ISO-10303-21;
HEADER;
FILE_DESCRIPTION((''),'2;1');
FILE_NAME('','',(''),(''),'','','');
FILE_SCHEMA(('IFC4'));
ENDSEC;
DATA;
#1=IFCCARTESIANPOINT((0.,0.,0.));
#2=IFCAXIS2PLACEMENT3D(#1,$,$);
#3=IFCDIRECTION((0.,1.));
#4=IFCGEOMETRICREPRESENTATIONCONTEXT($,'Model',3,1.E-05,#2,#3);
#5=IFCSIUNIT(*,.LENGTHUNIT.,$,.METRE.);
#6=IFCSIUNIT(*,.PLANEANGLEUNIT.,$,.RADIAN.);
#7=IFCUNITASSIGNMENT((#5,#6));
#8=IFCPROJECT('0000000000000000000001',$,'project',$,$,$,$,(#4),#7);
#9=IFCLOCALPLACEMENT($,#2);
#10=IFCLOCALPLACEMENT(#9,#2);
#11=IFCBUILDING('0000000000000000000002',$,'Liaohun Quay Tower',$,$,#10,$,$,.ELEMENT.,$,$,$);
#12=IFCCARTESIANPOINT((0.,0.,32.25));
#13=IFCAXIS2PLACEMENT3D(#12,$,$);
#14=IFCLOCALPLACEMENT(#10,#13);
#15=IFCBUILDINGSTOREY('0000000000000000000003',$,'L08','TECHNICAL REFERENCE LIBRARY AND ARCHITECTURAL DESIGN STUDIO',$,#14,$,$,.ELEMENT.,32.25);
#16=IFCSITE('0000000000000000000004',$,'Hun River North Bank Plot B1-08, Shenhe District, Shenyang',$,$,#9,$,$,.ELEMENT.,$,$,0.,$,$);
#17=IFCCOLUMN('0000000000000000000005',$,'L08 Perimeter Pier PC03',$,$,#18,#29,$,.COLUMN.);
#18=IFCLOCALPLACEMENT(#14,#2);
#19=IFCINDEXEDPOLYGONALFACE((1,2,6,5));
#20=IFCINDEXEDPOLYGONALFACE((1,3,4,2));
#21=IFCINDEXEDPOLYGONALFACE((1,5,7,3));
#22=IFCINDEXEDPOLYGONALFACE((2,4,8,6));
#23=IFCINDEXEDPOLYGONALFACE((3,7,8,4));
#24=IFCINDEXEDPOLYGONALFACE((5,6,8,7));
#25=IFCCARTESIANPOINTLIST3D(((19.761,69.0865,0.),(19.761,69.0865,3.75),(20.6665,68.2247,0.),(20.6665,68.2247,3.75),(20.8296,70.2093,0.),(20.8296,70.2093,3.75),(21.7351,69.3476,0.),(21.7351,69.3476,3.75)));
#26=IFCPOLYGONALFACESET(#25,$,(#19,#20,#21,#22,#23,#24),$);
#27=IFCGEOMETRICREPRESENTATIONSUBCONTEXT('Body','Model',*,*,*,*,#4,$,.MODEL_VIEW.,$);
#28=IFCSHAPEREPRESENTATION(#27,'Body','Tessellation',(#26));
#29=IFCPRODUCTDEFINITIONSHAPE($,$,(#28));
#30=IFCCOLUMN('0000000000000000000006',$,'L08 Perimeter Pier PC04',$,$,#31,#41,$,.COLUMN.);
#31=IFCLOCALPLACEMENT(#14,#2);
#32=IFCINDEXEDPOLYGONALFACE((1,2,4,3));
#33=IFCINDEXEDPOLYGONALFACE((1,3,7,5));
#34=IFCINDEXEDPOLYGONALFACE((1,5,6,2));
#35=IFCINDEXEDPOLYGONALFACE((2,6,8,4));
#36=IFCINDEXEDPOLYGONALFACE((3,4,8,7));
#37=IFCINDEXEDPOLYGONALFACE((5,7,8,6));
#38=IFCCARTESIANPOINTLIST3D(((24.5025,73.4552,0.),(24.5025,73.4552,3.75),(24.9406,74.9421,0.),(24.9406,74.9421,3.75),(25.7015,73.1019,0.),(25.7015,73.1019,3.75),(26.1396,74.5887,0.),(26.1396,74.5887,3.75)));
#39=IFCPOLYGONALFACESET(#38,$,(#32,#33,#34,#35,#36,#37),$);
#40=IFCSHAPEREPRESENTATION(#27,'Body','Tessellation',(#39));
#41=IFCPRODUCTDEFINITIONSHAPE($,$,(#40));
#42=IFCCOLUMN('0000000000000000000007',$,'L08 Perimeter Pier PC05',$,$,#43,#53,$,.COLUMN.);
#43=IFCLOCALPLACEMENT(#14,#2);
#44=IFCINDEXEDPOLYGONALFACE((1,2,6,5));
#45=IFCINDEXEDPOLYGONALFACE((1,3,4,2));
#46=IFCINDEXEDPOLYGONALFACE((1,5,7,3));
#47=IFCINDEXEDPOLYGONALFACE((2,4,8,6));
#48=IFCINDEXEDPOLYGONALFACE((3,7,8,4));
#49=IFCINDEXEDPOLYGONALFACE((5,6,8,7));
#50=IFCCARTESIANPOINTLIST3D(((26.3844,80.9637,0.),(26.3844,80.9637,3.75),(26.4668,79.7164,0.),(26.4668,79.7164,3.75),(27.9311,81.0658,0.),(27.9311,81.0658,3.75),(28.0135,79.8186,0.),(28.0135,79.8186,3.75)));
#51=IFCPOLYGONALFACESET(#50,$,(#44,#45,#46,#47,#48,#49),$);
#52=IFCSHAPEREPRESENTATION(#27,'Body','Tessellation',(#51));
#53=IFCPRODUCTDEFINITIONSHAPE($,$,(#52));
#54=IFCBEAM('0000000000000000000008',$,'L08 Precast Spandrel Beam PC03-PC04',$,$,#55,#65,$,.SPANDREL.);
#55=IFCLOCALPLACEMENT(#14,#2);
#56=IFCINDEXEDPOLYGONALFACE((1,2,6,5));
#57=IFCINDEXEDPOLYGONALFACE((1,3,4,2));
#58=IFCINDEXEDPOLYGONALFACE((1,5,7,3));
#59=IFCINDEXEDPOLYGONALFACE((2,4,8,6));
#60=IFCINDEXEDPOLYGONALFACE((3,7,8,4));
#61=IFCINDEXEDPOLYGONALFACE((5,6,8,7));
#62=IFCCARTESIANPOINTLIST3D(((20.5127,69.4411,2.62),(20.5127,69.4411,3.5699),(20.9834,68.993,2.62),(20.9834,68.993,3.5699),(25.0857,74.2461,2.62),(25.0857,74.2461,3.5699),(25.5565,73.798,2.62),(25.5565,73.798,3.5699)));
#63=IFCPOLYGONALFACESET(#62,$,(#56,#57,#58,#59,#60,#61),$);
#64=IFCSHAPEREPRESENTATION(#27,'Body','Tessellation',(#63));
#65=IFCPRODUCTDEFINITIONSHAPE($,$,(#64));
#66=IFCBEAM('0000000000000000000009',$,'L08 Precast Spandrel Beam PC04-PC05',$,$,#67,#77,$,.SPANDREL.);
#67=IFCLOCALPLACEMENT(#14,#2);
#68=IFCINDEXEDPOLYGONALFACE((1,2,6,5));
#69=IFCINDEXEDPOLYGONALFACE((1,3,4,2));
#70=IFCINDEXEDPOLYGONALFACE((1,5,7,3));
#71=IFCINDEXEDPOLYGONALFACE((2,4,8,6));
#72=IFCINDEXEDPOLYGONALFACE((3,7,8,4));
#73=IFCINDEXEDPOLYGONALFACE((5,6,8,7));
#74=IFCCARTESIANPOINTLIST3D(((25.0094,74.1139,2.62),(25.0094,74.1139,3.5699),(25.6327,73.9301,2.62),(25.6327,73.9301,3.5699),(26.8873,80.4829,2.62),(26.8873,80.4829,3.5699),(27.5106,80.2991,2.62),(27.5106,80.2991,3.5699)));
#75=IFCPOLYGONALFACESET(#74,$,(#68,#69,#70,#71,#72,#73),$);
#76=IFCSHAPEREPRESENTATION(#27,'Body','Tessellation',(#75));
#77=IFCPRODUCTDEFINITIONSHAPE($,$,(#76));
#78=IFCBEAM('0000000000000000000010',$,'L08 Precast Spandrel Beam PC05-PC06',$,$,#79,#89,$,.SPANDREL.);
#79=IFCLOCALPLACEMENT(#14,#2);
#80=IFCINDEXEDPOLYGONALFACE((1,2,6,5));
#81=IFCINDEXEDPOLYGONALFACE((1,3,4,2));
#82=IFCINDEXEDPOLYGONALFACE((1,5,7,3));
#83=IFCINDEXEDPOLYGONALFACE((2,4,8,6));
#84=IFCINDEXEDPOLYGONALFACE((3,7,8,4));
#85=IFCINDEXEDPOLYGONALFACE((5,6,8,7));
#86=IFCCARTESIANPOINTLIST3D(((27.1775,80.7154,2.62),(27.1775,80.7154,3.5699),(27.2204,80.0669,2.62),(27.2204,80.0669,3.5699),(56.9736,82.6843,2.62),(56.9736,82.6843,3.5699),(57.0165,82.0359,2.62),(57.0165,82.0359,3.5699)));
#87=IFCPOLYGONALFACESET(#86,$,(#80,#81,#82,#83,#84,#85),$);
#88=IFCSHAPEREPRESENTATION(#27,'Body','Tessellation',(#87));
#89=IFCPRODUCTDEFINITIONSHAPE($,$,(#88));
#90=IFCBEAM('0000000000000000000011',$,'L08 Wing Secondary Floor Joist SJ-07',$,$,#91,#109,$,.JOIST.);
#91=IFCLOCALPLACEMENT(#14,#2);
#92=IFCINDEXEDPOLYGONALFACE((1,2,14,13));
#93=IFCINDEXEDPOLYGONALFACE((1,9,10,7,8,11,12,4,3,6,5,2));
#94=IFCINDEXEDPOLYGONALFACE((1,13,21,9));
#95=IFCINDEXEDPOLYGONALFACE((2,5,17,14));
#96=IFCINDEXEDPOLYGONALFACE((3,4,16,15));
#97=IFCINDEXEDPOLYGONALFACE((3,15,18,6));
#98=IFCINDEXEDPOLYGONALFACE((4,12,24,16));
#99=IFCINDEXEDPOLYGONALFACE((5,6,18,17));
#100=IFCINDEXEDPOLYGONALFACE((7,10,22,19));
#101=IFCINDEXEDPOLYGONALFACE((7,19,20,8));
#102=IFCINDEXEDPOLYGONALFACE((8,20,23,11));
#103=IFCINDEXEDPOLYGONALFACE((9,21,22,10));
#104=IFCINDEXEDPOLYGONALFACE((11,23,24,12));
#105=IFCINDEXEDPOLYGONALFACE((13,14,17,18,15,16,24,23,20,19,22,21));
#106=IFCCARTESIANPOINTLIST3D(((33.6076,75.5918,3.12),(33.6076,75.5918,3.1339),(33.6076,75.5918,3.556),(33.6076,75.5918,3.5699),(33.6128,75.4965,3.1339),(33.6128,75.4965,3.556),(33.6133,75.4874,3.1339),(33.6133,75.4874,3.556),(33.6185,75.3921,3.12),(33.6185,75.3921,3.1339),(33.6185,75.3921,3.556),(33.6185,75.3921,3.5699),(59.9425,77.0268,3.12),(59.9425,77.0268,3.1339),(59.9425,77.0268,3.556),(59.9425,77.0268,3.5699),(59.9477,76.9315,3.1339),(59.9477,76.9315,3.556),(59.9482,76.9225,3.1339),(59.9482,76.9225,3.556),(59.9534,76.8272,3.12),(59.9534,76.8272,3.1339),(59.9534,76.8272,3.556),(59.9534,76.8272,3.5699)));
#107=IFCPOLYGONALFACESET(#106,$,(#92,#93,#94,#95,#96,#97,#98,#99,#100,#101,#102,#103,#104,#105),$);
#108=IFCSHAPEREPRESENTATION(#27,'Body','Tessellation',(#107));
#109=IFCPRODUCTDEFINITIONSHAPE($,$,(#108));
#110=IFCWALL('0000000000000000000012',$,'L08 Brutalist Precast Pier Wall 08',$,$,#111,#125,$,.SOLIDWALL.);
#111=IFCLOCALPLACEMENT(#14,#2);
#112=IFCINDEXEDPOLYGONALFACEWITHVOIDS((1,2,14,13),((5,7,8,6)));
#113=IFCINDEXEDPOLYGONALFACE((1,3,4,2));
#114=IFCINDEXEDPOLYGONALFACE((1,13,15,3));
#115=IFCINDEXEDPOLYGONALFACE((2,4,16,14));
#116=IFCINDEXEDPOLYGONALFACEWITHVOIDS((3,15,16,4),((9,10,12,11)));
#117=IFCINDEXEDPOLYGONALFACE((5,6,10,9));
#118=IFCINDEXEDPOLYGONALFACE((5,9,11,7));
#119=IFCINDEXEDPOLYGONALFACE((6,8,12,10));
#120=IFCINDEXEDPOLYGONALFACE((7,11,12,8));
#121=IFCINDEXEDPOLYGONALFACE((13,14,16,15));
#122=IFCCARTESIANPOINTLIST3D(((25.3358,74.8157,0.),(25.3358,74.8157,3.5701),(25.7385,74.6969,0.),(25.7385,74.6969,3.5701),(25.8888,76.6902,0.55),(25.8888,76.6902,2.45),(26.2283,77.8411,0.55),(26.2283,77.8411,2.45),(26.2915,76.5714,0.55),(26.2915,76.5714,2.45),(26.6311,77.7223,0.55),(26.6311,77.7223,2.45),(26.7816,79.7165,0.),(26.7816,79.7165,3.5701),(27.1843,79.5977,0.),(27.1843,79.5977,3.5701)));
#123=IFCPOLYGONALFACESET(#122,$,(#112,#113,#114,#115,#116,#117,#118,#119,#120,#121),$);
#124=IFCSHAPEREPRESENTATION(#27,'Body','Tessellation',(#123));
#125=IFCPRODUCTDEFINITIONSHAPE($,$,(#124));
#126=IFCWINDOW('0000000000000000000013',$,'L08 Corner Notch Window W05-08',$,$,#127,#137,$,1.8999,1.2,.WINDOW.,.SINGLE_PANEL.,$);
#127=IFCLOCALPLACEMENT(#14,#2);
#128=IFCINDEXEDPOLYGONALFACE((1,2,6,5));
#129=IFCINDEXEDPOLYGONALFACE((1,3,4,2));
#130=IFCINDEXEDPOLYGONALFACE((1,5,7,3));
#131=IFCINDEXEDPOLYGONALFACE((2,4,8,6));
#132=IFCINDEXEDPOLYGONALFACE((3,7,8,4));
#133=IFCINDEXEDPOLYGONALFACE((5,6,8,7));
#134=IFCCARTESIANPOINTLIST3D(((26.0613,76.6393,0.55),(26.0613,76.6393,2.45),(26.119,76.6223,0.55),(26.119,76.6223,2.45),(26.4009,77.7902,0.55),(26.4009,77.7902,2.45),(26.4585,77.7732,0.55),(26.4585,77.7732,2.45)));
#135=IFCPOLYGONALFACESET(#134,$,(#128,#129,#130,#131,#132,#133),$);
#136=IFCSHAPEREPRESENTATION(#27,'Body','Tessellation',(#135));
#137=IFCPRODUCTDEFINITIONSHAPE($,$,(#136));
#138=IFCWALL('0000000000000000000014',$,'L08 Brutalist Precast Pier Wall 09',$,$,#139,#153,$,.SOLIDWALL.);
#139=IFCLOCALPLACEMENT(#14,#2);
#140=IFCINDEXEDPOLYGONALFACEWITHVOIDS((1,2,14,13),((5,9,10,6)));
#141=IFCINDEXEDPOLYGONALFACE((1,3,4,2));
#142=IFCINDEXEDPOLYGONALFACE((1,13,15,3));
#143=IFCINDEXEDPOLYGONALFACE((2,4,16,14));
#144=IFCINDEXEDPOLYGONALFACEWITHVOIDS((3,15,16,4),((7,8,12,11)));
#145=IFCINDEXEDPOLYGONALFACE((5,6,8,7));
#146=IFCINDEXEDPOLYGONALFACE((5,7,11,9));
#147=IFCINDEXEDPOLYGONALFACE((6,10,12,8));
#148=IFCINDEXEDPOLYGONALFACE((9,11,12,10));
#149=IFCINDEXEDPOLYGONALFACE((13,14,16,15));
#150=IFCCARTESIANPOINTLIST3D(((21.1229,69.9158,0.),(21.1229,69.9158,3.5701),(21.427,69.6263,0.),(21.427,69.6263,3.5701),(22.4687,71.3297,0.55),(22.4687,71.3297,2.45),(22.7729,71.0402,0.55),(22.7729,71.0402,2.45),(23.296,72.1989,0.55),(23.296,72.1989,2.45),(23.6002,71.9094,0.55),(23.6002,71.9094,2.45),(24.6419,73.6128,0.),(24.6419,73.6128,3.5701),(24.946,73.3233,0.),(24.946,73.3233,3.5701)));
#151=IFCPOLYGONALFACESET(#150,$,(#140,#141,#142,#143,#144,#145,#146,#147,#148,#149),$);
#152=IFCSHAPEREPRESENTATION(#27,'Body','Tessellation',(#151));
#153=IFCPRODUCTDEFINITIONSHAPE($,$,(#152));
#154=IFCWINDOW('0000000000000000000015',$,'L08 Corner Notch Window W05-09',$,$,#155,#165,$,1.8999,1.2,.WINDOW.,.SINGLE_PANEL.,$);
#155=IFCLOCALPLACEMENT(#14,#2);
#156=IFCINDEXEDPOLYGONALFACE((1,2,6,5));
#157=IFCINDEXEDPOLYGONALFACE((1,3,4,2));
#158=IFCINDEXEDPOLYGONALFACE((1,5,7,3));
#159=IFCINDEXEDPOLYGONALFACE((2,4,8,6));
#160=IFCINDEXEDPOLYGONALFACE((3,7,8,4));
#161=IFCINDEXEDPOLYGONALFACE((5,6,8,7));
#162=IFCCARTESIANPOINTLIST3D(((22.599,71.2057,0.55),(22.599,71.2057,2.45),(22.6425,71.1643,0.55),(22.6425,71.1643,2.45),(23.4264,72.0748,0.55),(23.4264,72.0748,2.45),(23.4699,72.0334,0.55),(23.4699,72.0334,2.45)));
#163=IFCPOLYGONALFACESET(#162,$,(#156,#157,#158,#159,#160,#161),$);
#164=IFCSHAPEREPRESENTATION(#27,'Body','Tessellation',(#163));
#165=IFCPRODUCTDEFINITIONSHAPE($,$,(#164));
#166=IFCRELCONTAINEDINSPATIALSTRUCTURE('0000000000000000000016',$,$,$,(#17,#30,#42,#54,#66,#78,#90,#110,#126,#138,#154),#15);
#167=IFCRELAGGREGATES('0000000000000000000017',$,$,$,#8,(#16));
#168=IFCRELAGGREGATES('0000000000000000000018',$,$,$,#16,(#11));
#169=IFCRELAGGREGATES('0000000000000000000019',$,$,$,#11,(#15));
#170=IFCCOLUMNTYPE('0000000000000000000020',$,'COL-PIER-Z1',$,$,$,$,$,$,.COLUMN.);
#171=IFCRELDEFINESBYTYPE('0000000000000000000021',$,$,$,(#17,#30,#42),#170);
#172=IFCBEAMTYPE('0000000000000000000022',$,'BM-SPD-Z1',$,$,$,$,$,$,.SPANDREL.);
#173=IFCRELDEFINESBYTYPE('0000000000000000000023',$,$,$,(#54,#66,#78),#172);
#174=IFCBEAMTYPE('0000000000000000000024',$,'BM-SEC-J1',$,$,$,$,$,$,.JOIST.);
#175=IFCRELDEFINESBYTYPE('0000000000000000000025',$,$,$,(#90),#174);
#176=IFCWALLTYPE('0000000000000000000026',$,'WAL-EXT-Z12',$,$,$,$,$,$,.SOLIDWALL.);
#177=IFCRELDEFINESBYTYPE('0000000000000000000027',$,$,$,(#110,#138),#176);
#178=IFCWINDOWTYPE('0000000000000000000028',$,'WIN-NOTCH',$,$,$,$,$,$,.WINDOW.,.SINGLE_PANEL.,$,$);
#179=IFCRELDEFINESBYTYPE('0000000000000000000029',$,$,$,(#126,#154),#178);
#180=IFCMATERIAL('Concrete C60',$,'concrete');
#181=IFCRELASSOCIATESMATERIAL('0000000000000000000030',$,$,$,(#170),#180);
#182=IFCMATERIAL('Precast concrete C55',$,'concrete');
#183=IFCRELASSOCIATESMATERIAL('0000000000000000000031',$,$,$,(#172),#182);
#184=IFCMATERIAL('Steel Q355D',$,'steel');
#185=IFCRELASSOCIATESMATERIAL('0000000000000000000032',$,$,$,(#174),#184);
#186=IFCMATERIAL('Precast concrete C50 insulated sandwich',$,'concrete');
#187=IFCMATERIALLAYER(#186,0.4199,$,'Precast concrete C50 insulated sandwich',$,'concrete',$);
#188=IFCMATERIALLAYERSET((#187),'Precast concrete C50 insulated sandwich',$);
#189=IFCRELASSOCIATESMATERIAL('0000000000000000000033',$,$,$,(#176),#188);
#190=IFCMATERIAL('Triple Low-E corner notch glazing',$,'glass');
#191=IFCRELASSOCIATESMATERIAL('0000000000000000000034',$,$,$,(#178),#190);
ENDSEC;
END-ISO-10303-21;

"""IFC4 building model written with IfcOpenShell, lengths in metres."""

from ifc_helpers import new_model, si_unit, direction, frame, frame_2d, origin, origin_2d, place, context, subcontext, project, spatial, rectangle, i_section, extrude, source, transform, mapped, material, layer, layer_set, material_profile, profile_set, type_object, element, fill, save


model = new_model("IFC4")

# Units and contexts
model_context = context("Model", 3, precision=1e-05, world=origin(), true_north=direction((0.0, 1.0)))
body_context = subcontext(model_context, "Body", "Model", "MODEL_VIEW")
ifc_project = project(units=[si_unit("LENGTHUNIT", "METRE"), si_unit("PLANEANGLEUNIT", "RADIAN")], contexts=[model_context])

# Site, building, storey
site_placement = place(None, origin())
site = spatial("IfcSite", under=ifc_project, at=site_placement, Name="Hun River North Bank Plot B1-08, Shenhe District, Shenyang", CompositionType="ELEMENT", RefElevation=0.0)
building_placement = place(site_placement, origin())
building = spatial("IfcBuilding", under=site, at=building_placement, Name="Liaohun Quay Tower", CompositionType="ELEMENT")
storey_placement = place(building_placement, frame((0.0, 0.0, 32.25)))
storey = spatial("IfcBuildingStorey", under=building, at=storey_placement, Name="L08", Description="TECHNICAL REFERENCE LIBRARY AND ARCHITECTURAL DESIGN STUDIO", CompositionType="ELEMENT", Elevation=32.25)

# Columns
ifc_material_1 = material(Name="Concrete C60", Category="concrete")
ifc_material_profile_1 = material_profile(ifc_material_1, rectangle(XDim=1.55, YDim=1.25, at=origin_2d()), Name="RC1550x1250")
ifc_profile_set_1 = profile_set([ifc_material_profile_1], Name="Concrete C60")
column_type = type_object("IfcColumnType", Name="COL-PIER-Z1", PredefinedType="COLUMN", material=ifc_profile_set_1)
shared_shape_1 = source(origin(), body_context, "Body", "SweptSolid", [
    extrude(rectangle(XDim=1.55, YDim=1.25, at=origin_2d()), origin(), (0.0, 0.0, 1.0), 3.75),
])
for number, where, z_axis, x_axis, name in (
    (1, (20.748, 69.217, 0.0), (0.0, 0.0, 1.0), (0.689367, 0.724413, 0.0), "L08 Perimeter Pier PC03"),
    (2, (25.321, 74.022, 0.0), (0.0, 0.0, 1.0), (0.282676, 0.959215, 0.0), "L08 Perimeter Pier PC04"),
    (3, (27.199, 80.3911, 0.0), (0.0, 0.0, 1.0), (0.997825, 0.065926, 0.0), "L08 Perimeter Pier PC05"),
):
    element("IfcColumn", number, at=place(storey_placement, frame(where, z_axis=z_axis, x_axis=x_axis)), inside=storey, type_object=column_type, Name=name, PredefinedType="COLUMN", context=body_context, shape_type="MappedRepresentation", body=[
        mapped(shared_shape_1, transform((0.0, 0.0, 0.0), x_axis=(1.0, 0.0, 0.0), y_axis=(0.0, 1.0, 0.0), z_axis=(0.0, 0.0, 1.0), scale=1.0)),
    ])

# Beams
ifc_material_2 = material(Name="Precast concrete C55", Category="concrete")
ifc_material_profile_2 = material_profile(ifc_material_2, rectangle(XDim=0.6499, YDim=0.95, at=origin_2d()), Name="RC650x950")
ifc_profile_set_2 = profile_set([ifc_material_profile_2], Name="Precast concrete C55")
beam_type_1 = type_object("IfcBeamType", Name="BM-SPD-Z1", PredefinedType="SPANDREL", material=ifc_profile_set_2)
shared_shape_2 = source(origin(), body_context, "Body", "SweptSolid", [
    extrude(rectangle(XDim=0.6499, YDim=0.95, at=origin_2d()), origin(), (0.0, 0.0, 1.0), 6.6333),
])
beam_1_placement = place(storey_placement, frame((20.748, 69.217, 3.095), z_axis=(0.689408, 0.724373, 0.0), x_axis=(-0.724373, 0.689408, 0.0)))
element("IfcBeam", 4, at=beam_1_placement, inside=storey, type_object=beam_type_1, Name="L08 Precast Spandrel Beam PC03-PC04", PredefinedType="SPANDREL", context=body_context, shape_type="MappedRepresentation", body=[
    mapped(shared_shape_2, transform((0.0, 0.0, 0.0), x_axis=(1.0, 0.0, 0.0), y_axis=(0.0, 1.0, 0.0), z_axis=(0.0, 0.0, 1.0), scale=1.0)),
])
shared_shape_3 = source(origin(), body_context, "Body", "SweptSolid", [
    extrude(rectangle(XDim=0.6499, YDim=0.95, at=origin_2d()), origin(), (0.0, 0.0, 1.0), 6.6401),
])
beam_2_placement = place(storey_placement, frame((25.321, 74.022, 3.095), z_axis=(0.282811, 0.959176, 0.0), x_axis=(-0.959176, 0.282811, 0.0)))
element("IfcBeam", 5, at=beam_2_placement, inside=storey, type_object=beam_type_1, Name="L08 Precast Spandrel Beam PC04-PC05", PredefinedType="SPANDREL", context=body_context, shape_type="MappedRepresentation", body=[
    mapped(shared_shape_3, transform((0.0, 0.0, 0.0), x_axis=(1.0, 0.0, 0.0), y_axis=(0.0, 1.0, 0.0), z_axis=(0.0, 0.0, 1.0), scale=1.0)),
])
shared_shape_4 = source(origin(), body_context, "Body", "SweptSolid", [
    extrude(rectangle(XDim=0.6499, YDim=0.95, at=origin_2d()), origin(), (0.0, 0.0, 1.0), 29.8611),
])
beam_3_placement = place(storey_placement, frame((27.199, 80.3911, 3.095), z_axis=(0.997824, 0.065938, 0.0), x_axis=(-0.065938, 0.997824, 0.0)))
element("IfcBeam", 6, at=beam_3_placement, inside=storey, type_object=beam_type_1, Name="L08 Precast Spandrel Beam PC05-PC06", PredefinedType="SPANDREL", context=body_context, shape_type="MappedRepresentation", body=[
    mapped(shared_shape_4, transform((0.0, 0.0, 0.0), x_axis=(1.0, 0.0, 0.0), y_axis=(0.0, 1.0, 0.0), z_axis=(0.0, 0.0, 1.0), scale=1.0)),
])
ifc_material_3 = material(Name="Steel Q355D", Category="steel")
ifc_material_profile_3 = material_profile(ifc_material_3, i_section(OverallWidth=0.2, OverallDepth=0.45, WebThickness=0.009, FlangeThickness=0.0139, at=origin_2d()), Name="HN450x200x9x14")
ifc_profile_set_3 = profile_set([ifc_material_profile_3], Name="Steel Q355D")
beam_type_2 = type_object("IfcBeamType", Name="BM-SEC-J1", PredefinedType="JOIST", material=ifc_profile_set_3)
shared_shape_5 = source(origin(), body_context, "Body", "SweptSolid", [
    extrude(i_section(OverallWidth=0.2, OverallDepth=0.45, WebThickness=0.009, FlangeThickness=0.0139, at=origin_2d()), origin(), (0.0, 0.0, 1.0), 26.374),
])
beam_4_placement = place(storey_placement, frame((33.613, 75.4919, 3.345), z_axis=(0.998519, 0.054412, 0.0), x_axis=(-0.054412, 0.998519, 0.0)))
element("IfcBeam", 7, at=beam_4_placement, inside=storey, type_object=beam_type_2, Name="L08 Wing Secondary Floor Joist SJ-07", PredefinedType="JOIST", context=body_context, shape_type="MappedRepresentation", body=[
    mapped(shared_shape_5, transform((0.0, 0.0, 0.0), x_axis=(1.0, 0.0, 0.0), y_axis=(0.0, 1.0, 0.0), z_axis=(0.0, 0.0, 1.0), scale=1.0)),
])

# Walls, openings, windows
ifc_material_4 = material(Name="Precast concrete C50 insulated sandwich", Category="concrete")
ifc_layer_1 = layer(ifc_material_4, 0.4199, Name="Precast concrete C50 insulated sandwich", Category="concrete")
ifc_layer_set_1 = layer_set([ifc_layer_1], Name="Precast concrete C50 insulated sandwich")
wall_type_1 = type_object("IfcWallType", Name="WAL-EXT-Z12", PredefinedType="SOLIDWALL", material=ifc_layer_set_1)
wall_1_placement = place(storey_placement, frame((26.9829, 79.657, 0.0), z_axis=(0.0, 0.0, 1.0), x_axis=(-0.282953, -0.959134, 0.0)))
wall_1 = element("IfcWall", 8, at=wall_1_placement, inside=storey, type_object=wall_type_1, Name="L08 Brutalist Precast Pier Wall 08", PredefinedType="SOLIDWALL", context=body_context, shape_type="SweptSolid", body=[
    extrude(rectangle(XDim=5.1096, YDim=0.4199, at=frame_2d((2.5547, 0.0))), origin(), (0.0, 0.0, 1.0), 3.5701),
])
shared_shape_6 = source(origin(), body_context, "Body", "SweptSolid", [
    extrude(rectangle(XDim=1.2, YDim=1.8999, at=frame_2d((0.6001, 0.95))), frame((0.0, 0.22, 0.0), z_axis=(0.0, -1.0, 0.0), x_axis=(1.0, 0.0, 0.0)), (0.0, 0.0, 1.0), 0.4399),
])
opening_1_placement = place(wall_1_placement, frame((1.9551, 0.0, 0.55)))
opening_1 = element("IfcOpeningElement", 9, at=opening_1_placement, cuts=wall_1, PredefinedType="OPENING", context=body_context, shape_type="MappedRepresentation", body=[
    mapped(shared_shape_6, transform((0.0, 0.0, 0.0), x_axis=(1.0, 0.0, 0.0), y_axis=(0.0, 1.0, 0.0), z_axis=(0.0, 0.0, 1.0), scale=1.0)),
])
ifc_material_5 = material(Name="Triple Low-E corner notch glazing", Category="glass")
window_type_1 = type_object("IfcWindowType", Name="WIN-NOTCH", PartitioningType="SINGLE_PANEL", PredefinedType="WINDOW", material=ifc_material_5)
shared_shape_7 = source(origin(), body_context, "Body", "SweptSolid", [
    extrude(rectangle(XDim=1.2, YDim=1.8999, at=frame_2d((0.6001, 0.95))), frame((0.0, 0.03, 0.0), z_axis=(0.0, -1.0, 0.0), x_axis=(1.0, 0.0, 0.0)), (0.0, 0.0, 1.0), 0.0601),
])
window_1_placement = place(opening_1_placement, origin())
window_1 = element("IfcWindow", 10, at=window_1_placement, inside=storey, type_object=window_type_1, Name="L08 Corner Notch Window W05-08", OverallHeight=1.8999, OverallWidth=1.2, PartitioningType="SINGLE_PANEL", PredefinedType="WINDOW", context=body_context, shape_type="MappedRepresentation", body=[
    mapped(shared_shape_7, transform((0.0, 0.0, 0.0), x_axis=(1.0, 0.0, 0.0), y_axis=(0.0, 1.0, 0.0), z_axis=(0.0, 0.0, 1.0), scale=1.0)),
])
fill(opening_1, window_1)
wall_2_placement = place(storey_placement, frame((24.7939, 73.468, 0.0), z_axis=(0.0, 0.0, 1.0), x_axis=(-0.689457, -0.724327, 0.0)))
wall_2 = element("IfcWall", 11, at=wall_2_placement, inside=storey, type_object=wall_type_1, Name="L08 Brutalist Precast Pier Wall 09", PredefinedType="SOLIDWALL", context=body_context, shape_type="SweptSolid", body=[
    extrude(rectangle(XDim=5.104, YDim=0.4199, at=frame_2d((2.552, 0.0))), origin(), (0.0, 0.0, 1.0), 3.5701),
])
opening_2_placement = place(wall_2_placement, frame((1.9519, 0.0, 0.55)))
opening_2 = element("IfcOpeningElement", 12, at=opening_2_placement, cuts=wall_2, PredefinedType="OPENING", context=body_context, shape_type="MappedRepresentation", body=[
    mapped(shared_shape_6, transform((0.0, 0.0, 0.0), x_axis=(1.0, 0.0, 0.0), y_axis=(0.0, 1.0, 0.0), z_axis=(0.0, 0.0, 1.0), scale=1.0)),
])
window_2_placement = place(opening_2_placement, origin())
window_2 = element("IfcWindow", 13, at=window_2_placement, inside=storey, type_object=window_type_1, Name="L08 Corner Notch Window W05-09", OverallHeight=1.8999, OverallWidth=1.2, PartitioningType="SINGLE_PANEL", PredefinedType="WINDOW", context=body_context, shape_type="MappedRepresentation", body=[
    mapped(shared_shape_7, transform((0.0, 0.0, 0.0), x_axis=(1.0, 0.0, 0.0), y_axis=(0.0, 1.0, 0.0), z_axis=(0.0, 0.0, 1.0), scale=1.0)),
])
fill(opening_2, window_2)

save(model, "model.ifc")
